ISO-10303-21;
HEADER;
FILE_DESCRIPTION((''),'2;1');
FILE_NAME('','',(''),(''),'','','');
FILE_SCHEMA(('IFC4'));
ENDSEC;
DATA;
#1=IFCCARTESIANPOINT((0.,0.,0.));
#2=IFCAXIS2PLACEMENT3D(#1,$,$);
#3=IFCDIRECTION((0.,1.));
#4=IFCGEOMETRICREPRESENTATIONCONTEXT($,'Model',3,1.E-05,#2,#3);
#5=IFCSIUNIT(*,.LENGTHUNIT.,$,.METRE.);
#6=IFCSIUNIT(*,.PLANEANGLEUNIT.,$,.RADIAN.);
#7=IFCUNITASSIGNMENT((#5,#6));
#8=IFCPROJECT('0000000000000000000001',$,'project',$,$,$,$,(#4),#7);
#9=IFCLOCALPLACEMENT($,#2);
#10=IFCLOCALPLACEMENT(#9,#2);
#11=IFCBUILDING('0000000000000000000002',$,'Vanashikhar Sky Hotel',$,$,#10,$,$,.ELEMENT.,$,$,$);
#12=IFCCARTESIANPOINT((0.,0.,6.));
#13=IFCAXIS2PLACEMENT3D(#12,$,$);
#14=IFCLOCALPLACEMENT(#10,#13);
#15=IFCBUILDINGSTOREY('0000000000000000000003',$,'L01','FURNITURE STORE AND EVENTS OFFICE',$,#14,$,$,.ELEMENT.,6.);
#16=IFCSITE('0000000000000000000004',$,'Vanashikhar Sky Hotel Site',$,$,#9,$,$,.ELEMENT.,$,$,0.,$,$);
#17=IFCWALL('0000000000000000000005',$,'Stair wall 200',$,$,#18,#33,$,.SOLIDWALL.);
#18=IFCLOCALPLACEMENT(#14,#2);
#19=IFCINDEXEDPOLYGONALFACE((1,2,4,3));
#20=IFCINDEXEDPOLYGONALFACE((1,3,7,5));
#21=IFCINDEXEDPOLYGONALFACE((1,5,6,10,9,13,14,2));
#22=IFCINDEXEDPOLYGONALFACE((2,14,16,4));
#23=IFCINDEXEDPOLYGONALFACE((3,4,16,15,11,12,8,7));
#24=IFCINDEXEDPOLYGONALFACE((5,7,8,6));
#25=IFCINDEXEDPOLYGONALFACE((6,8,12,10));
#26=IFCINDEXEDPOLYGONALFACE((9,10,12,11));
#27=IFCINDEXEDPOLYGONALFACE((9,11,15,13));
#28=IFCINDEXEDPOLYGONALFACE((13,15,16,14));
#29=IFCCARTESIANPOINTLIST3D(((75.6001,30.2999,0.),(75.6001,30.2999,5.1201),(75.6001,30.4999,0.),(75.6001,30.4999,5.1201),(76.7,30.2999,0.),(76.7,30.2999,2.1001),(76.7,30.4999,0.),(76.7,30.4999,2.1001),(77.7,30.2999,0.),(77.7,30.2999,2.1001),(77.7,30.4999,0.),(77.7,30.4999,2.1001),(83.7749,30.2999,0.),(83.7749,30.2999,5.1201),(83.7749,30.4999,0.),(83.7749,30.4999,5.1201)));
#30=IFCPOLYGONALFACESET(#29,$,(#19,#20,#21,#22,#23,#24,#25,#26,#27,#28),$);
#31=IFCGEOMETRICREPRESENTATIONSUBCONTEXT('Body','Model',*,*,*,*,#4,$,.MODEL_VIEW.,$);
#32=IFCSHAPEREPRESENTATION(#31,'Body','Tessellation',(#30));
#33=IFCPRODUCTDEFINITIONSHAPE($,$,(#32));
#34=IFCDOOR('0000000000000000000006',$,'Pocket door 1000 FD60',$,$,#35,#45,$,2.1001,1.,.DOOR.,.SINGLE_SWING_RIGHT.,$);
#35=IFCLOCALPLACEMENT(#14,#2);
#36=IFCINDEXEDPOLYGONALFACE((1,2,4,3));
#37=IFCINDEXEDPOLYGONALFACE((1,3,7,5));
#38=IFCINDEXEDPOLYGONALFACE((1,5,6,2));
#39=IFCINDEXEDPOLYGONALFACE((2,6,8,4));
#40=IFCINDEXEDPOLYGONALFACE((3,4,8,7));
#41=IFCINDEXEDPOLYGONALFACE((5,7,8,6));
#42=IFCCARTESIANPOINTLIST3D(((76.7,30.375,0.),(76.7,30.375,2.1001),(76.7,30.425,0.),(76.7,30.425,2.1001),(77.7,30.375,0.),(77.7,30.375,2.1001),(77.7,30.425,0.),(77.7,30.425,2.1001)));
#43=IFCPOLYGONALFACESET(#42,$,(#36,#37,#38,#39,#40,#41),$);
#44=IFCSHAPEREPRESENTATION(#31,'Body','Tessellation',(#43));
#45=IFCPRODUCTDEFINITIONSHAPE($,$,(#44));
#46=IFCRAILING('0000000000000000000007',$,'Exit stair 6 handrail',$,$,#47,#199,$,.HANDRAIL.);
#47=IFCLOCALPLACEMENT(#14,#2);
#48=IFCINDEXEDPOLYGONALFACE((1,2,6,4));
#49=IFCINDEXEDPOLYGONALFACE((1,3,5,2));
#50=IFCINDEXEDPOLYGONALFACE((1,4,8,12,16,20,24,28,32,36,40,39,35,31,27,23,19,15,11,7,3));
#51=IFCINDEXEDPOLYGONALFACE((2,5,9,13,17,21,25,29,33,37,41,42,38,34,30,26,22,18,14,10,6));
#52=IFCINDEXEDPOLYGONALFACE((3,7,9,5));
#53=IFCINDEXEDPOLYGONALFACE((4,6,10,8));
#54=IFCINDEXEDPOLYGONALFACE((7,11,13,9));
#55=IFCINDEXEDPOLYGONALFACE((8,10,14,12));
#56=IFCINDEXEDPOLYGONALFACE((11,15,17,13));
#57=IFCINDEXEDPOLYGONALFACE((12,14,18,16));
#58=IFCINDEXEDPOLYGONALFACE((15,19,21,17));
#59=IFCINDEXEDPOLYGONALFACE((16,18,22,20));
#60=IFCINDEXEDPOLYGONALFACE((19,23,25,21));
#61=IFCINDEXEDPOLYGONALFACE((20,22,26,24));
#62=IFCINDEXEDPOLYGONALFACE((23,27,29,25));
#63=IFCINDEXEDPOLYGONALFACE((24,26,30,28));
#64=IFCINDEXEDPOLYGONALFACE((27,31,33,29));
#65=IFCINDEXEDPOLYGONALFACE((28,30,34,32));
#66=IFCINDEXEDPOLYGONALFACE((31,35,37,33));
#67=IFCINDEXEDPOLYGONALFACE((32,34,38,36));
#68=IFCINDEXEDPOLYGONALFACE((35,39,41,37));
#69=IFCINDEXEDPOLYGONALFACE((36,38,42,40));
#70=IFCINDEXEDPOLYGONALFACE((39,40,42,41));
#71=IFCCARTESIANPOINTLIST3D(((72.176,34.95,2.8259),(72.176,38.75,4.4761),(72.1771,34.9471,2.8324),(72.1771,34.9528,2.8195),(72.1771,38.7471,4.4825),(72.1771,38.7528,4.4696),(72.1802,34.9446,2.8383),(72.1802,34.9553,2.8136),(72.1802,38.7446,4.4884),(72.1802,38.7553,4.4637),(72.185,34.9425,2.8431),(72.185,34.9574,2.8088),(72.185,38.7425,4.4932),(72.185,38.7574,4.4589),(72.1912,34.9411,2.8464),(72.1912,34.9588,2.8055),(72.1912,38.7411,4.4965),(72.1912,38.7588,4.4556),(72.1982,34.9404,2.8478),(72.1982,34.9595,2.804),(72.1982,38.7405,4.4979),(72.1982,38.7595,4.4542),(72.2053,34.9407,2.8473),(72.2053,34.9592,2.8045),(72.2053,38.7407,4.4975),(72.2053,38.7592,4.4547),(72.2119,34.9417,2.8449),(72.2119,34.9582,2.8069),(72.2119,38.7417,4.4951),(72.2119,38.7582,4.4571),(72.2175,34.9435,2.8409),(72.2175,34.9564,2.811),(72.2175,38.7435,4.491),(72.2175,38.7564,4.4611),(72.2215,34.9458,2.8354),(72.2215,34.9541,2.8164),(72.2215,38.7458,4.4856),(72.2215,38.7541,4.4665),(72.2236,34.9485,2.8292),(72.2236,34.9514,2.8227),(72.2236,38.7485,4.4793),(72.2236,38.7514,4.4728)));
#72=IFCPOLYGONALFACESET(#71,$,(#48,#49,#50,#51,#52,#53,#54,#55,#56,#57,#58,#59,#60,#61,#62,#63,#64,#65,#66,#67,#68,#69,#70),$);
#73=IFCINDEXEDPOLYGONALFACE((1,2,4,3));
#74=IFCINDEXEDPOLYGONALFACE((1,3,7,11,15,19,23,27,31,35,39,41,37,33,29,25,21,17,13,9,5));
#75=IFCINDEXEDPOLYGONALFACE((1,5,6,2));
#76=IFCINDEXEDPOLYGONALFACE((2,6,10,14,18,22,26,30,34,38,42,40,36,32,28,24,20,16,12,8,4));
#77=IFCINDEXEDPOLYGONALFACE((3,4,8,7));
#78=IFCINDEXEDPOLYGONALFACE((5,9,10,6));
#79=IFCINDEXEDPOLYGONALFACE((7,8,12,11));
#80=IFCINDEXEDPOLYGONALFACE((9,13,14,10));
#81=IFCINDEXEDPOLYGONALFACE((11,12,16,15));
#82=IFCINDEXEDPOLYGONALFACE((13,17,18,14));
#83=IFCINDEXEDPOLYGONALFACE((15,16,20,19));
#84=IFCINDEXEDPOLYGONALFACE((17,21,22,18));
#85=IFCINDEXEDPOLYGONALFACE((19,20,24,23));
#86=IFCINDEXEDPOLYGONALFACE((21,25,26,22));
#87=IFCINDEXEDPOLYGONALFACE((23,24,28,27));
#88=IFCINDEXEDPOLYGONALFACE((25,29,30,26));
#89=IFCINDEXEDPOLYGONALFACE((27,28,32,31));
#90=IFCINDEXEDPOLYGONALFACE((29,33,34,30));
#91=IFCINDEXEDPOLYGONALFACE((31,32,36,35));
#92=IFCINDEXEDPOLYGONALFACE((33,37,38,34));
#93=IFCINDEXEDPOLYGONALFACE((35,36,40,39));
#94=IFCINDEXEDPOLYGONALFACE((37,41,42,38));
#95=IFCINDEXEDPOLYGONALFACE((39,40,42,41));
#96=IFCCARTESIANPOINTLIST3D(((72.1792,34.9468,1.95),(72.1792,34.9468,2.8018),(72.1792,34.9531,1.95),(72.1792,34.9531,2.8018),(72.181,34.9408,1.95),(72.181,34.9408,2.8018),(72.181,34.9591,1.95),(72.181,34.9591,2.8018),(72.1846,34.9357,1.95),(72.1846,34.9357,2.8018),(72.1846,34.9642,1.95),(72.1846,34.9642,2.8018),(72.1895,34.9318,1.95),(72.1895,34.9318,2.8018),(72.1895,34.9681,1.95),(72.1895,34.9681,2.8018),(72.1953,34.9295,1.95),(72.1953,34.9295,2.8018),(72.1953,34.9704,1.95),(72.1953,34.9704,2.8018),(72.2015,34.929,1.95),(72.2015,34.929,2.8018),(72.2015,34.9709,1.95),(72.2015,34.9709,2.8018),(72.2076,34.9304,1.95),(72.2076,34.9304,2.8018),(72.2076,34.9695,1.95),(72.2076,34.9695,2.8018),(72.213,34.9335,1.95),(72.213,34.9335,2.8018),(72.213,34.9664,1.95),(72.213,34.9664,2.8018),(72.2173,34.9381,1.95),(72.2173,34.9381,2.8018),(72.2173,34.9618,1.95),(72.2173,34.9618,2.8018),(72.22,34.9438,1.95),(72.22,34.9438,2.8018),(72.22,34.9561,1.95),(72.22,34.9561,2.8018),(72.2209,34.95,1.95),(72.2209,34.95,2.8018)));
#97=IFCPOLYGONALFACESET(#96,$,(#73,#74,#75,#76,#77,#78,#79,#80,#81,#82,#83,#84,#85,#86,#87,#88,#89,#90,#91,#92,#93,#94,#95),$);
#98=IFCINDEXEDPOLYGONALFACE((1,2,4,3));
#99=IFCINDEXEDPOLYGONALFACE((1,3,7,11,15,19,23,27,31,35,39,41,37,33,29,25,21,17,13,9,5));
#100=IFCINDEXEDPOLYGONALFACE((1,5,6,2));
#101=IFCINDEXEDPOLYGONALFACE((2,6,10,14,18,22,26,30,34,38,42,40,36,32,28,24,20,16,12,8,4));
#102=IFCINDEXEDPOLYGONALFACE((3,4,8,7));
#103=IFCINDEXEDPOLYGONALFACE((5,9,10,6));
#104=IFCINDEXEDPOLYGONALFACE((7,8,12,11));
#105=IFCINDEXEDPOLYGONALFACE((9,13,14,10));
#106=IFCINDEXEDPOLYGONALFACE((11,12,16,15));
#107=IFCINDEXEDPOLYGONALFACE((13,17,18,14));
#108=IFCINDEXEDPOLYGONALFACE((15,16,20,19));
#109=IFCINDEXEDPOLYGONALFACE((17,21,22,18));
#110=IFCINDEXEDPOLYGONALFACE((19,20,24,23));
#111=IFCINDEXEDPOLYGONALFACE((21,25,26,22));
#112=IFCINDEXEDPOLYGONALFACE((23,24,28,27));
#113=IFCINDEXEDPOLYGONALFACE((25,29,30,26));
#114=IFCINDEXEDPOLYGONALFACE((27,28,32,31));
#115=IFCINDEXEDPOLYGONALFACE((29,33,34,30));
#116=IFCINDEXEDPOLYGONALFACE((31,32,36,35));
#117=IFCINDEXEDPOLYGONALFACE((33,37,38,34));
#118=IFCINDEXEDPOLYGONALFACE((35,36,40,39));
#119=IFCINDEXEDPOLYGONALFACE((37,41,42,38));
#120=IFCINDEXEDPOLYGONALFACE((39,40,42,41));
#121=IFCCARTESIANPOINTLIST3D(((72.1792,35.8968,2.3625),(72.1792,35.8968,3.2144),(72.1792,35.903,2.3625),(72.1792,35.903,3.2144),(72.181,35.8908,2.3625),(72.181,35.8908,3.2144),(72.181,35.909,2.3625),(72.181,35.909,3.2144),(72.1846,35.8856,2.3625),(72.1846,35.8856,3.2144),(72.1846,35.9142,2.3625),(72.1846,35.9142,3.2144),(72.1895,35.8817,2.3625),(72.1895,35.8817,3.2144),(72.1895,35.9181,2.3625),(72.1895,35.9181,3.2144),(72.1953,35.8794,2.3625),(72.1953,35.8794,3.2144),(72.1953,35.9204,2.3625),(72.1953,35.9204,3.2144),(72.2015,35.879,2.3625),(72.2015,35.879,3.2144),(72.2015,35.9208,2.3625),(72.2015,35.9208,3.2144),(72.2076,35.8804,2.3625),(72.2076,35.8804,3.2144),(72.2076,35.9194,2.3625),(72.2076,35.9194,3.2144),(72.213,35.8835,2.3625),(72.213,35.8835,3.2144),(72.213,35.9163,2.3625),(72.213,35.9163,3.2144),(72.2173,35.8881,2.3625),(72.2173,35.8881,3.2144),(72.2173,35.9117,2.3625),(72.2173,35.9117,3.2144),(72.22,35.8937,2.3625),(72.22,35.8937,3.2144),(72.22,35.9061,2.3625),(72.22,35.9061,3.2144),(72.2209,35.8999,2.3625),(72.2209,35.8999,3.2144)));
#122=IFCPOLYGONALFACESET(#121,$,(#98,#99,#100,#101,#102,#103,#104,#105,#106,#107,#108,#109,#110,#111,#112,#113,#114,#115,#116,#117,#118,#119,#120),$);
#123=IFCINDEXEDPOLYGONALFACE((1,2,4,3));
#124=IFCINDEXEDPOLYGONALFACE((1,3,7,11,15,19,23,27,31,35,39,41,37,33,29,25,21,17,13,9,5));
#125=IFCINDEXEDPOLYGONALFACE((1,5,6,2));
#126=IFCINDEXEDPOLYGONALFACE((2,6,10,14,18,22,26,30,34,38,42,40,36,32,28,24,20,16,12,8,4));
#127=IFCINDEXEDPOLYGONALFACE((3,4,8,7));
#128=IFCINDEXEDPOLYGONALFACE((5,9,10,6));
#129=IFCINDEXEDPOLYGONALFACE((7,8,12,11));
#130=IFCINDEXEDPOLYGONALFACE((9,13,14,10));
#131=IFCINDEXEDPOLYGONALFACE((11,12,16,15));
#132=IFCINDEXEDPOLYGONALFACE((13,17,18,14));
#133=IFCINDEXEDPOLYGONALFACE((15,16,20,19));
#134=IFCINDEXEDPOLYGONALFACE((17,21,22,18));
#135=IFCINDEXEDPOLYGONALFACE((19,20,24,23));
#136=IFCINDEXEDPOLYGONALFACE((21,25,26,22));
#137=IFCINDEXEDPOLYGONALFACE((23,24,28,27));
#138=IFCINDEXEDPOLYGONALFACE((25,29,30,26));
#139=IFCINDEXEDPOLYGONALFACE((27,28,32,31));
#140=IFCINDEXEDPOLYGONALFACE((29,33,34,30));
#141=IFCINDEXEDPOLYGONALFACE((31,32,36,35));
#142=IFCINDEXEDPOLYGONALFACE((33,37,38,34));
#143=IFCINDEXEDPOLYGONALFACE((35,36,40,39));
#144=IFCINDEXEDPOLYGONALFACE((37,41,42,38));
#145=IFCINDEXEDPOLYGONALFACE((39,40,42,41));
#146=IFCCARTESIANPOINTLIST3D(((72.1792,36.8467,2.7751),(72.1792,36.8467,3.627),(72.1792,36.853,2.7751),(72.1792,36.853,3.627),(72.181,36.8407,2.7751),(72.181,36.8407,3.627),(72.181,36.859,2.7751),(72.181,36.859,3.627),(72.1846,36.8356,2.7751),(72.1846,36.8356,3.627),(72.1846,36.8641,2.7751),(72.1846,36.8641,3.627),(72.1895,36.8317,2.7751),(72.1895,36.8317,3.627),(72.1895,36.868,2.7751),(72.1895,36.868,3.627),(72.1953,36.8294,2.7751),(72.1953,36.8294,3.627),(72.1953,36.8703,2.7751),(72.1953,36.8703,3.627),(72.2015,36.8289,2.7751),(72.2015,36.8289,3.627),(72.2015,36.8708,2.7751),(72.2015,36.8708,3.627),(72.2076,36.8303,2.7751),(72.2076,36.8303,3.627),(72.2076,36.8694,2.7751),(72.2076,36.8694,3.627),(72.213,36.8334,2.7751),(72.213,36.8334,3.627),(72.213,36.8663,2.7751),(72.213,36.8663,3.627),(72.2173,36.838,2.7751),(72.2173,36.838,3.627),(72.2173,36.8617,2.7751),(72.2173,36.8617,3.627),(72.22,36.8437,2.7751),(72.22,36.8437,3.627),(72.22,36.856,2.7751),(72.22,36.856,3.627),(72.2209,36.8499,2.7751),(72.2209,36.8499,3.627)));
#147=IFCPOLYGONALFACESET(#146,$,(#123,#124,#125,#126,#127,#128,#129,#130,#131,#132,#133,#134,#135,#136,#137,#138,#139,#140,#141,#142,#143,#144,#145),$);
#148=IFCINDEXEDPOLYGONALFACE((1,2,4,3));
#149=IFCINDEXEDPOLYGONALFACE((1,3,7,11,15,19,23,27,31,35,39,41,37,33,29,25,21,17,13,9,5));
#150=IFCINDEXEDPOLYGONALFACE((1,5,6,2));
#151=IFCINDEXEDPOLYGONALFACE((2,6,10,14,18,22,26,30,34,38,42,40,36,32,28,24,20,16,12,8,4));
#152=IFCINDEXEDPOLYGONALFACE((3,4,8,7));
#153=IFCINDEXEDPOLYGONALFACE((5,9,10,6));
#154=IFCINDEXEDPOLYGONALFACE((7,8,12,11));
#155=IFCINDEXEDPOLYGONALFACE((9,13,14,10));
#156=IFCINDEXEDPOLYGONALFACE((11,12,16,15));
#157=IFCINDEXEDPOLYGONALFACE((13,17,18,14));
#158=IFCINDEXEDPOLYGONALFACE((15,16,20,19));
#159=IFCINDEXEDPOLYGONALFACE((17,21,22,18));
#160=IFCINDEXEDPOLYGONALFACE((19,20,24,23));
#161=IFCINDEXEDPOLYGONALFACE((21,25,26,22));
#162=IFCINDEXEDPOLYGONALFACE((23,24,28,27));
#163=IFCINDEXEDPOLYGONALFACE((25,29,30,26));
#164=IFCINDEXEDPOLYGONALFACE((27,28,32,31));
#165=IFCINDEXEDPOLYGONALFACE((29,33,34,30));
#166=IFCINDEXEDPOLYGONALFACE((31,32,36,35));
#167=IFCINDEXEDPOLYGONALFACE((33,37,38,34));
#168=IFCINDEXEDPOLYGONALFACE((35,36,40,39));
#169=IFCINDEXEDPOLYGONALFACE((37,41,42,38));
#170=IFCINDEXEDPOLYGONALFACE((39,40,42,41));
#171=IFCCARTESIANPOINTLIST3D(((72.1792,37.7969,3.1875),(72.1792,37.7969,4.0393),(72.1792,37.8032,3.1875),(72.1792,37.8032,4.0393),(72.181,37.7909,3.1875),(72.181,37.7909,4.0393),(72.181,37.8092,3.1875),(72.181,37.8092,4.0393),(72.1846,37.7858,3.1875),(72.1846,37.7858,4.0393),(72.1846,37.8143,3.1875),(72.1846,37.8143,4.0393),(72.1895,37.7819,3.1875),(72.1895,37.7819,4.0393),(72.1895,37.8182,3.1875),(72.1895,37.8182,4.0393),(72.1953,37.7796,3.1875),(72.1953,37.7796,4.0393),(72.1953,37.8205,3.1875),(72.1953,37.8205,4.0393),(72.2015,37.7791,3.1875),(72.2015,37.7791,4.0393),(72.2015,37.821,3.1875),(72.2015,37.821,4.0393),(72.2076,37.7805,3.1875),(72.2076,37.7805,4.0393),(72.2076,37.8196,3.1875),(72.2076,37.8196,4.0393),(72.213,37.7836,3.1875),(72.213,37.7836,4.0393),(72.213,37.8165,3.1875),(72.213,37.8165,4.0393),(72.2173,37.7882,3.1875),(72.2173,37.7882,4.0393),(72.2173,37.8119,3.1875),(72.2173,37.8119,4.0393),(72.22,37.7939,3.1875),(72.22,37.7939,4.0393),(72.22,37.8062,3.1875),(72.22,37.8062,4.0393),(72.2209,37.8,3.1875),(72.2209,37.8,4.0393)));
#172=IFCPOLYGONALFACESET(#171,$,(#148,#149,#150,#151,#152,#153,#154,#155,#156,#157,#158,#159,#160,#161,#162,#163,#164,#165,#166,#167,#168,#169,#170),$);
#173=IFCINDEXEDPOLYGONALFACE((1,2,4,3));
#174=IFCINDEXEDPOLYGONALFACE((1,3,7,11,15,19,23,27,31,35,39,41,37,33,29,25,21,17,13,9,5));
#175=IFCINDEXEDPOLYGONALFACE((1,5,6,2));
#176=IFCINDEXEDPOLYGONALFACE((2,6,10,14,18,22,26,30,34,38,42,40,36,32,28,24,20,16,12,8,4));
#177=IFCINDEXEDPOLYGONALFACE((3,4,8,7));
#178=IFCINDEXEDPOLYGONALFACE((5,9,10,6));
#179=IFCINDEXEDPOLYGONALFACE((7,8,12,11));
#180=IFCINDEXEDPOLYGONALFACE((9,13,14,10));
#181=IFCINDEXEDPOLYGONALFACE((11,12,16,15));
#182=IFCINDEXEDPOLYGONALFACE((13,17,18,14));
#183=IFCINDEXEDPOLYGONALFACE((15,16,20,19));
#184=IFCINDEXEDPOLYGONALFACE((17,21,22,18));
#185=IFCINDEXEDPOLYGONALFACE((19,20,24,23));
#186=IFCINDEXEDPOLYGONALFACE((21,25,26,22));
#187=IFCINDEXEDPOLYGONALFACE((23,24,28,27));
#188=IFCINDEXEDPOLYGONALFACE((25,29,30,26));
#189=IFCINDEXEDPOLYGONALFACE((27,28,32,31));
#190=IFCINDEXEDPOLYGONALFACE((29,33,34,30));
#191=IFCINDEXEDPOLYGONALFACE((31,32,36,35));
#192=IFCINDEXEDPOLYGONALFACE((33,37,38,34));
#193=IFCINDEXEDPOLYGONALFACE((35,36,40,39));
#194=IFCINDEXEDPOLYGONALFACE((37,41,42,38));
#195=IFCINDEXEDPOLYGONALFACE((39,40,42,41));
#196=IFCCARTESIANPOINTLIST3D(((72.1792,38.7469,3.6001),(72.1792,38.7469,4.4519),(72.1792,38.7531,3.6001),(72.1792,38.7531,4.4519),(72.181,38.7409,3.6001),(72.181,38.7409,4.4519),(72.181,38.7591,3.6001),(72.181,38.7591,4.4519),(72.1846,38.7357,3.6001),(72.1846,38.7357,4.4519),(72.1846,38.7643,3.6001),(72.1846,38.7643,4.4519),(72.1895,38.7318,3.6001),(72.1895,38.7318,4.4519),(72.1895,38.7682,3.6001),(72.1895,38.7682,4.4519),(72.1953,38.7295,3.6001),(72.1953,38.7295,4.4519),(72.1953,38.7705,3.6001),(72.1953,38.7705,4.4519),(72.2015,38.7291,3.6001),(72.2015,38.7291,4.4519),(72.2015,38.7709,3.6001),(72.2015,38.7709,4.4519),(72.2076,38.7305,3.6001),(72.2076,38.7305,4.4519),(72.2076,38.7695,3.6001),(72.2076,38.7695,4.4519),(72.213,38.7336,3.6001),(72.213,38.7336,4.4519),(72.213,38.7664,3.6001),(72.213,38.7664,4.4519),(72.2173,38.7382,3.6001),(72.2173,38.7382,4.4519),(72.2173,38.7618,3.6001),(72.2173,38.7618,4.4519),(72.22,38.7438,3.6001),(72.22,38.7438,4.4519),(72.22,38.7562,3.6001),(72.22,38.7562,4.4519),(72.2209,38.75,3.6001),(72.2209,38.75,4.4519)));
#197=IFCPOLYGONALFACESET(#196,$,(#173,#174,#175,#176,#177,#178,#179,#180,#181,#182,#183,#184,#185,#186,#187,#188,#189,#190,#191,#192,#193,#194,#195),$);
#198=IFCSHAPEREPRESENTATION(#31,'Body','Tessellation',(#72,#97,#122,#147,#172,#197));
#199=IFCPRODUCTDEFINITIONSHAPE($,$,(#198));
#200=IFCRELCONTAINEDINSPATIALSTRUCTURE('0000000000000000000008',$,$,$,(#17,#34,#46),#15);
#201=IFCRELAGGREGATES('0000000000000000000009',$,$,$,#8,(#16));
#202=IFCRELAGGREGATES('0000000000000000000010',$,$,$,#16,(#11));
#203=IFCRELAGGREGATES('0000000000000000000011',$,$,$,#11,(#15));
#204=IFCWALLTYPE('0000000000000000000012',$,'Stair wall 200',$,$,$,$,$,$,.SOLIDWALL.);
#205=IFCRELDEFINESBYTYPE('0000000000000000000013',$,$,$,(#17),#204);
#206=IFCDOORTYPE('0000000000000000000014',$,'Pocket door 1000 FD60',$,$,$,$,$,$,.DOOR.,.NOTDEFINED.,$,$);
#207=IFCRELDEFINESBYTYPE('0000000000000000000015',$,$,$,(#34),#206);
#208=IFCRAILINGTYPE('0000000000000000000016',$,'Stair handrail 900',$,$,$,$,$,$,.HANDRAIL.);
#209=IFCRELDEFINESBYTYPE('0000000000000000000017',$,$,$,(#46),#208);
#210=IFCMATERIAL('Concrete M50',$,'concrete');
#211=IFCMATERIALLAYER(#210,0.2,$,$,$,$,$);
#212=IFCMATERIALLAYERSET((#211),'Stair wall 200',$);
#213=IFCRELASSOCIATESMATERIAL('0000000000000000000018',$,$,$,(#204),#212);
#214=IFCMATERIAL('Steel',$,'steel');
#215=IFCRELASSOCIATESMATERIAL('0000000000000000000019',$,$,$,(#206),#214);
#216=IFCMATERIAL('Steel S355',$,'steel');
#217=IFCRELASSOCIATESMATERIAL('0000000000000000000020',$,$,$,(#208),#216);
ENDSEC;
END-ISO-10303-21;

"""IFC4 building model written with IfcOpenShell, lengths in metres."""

from ifc_helpers import new_model, si_unit, direction, frame, frame_2d, origin, origin_2d, place, context, subcontext, project, spatial, rectangle, circle, extrude, source, transform, mapped, material, layer, layer_set, type_object, element, fill, save


model = new_model("IFC4")

# Units and contexts
model_context = context("Model", 3, precision=1e-05, world=origin(), true_north=direction((0.0, 1.0)))
body_context = subcontext(model_context, "Body", "Model", "MODEL_VIEW")
ifc_project = project(units=[si_unit("LENGTHUNIT", "METRE"), si_unit("PLANEANGLEUNIT", "RADIAN")], contexts=[model_context])

# Site, building, storey
site_placement = place(None, origin())
site = spatial("IfcSite", under=ifc_project, at=site_placement, Name="Vanashikhar Sky Hotel Site", CompositionType="ELEMENT", RefElevation=0.0)
building_placement = place(site_placement, origin())
building = spatial("IfcBuilding", under=site, at=building_placement, Name="Vanashikhar Sky Hotel", CompositionType="ELEMENT")
storey_placement = place(building_placement, frame((0.0, 0.0, 6.0)))
storey = spatial("IfcBuildingStorey", under=building, at=storey_placement, Name="L01", Description="FURNITURE STORE AND EVENTS OFFICE", CompositionType="ELEMENT", Elevation=6.0)

# Shared definitions
ifc_material_1 = material(Name="Concrete M50", Category="concrete")

# Shared definitions
ifc_layer_1 = layer(ifc_material_1, 0.2)
ifc_layer_set_1 = layer_set([ifc_layer_1], Name="Stair wall 200")
wall_type_1 = type_object("IfcWallType", Name="Stair wall 200", PredefinedType="SOLIDWALL", material=ifc_layer_set_1)
ifc_material_2 = material(Name="Steel", Category="steel")

# Wall, opening, door
shared_shape_1 = source(origin(), body_context, "Body", "SweptSolid", [
    extrude(rectangle(XDim=8.1748, YDim=0.2, at=frame_2d((4.0874, 0.0))), origin(), (0.0, 0.0, 1.0), 5.1201),
])
wall_1_placement = place(storey_placement, frame((83.7749, 30.3999, 0.0), z_axis=(0.0, 0.0, 1.0), x_axis=(-1.0, 0.0, 0.0)))
wall_1 = element("IfcWall", 1, at=wall_1_placement, inside=storey, type_object=wall_type_1, Name="Stair wall 200", PredefinedType="SOLIDWALL", context=body_context, shape_type="MappedRepresentation", body=[
    mapped(shared_shape_1, transform((0.0, 0.0, 0.0), scale=1.0)),
])
shared_shape_2 = source(origin(), body_context, "Body", "SweptSolid", [
    extrude(rectangle(XDim=1.0, YDim=2.1001, at=frame_2d((0.5, 1.05))), frame((0.0, 0.1099, 0.0), z_axis=(0.0, -1.0, 0.0), x_axis=(1.0, 0.0, 0.0)), (0.0, 0.0, 1.0), 0.22),
])
opening_1_placement = place(wall_1_placement, frame((6.075, 0.0, 0.0)))
opening_1 = element("IfcOpeningElement", 2, at=opening_1_placement, cuts=wall_1, PredefinedType="OPENING", context=body_context, shape_type="MappedRepresentation", body=[
    mapped(shared_shape_2, transform((0.0, 0.0, 0.0), scale=1.0)),
])
door_type_1 = type_object("IfcDoorType", Name="Pocket door 1000 FD60", OperationType="NOTDEFINED", PredefinedType="DOOR", material=ifc_material_2)
shared_shape_3 = source(origin(), body_context, "Body", "SweptSolid", [
    extrude(rectangle(XDim=1.0, YDim=2.1001, at=frame_2d((0.5, 1.05))), frame((0.0, 0.0249, 0.0), z_axis=(0.0, -1.0, 0.0), x_axis=(1.0, 0.0, 0.0)), (0.0, 0.0, 1.0), 0.05),
])
door_1_placement = place(opening_1_placement, origin())
door_1 = element("IfcDoor", 3, at=door_1_placement, inside=storey, type_object=door_type_1, Name="Pocket door 1000 FD60", OperationType="SINGLE_SWING_RIGHT", OverallHeight=2.1001, OverallWidth=1.0, PredefinedType="DOOR", context=body_context, shape_type="MappedRepresentation", body=[
    mapped(shared_shape_3, transform((0.0, 0.0, 0.0), scale=1.0)),
])
fill(opening_1, door_1)

# Railing
ifc_material_3 = material(Name="Steel S355", Category="steel")
railing_type_1 = type_object("IfcRailingType", Name="Stair handrail 900", PredefinedType="HANDRAIL", material=ifc_material_3)
shared_shape_4 = source(origin(), body_context, "Body", "SweptSolid", [
    extrude(circle(Radius=0.0239, at=origin_2d()), frame((0.0, 0.0, 0.876), z_axis=(0.0, 0.917251, 0.39831), x_axis=(-1.0, 0.0, 0.0)), (0.0, 0.0, 1.0), 4.1428),
    extrude(circle(Radius=0.021, at=origin_2d()), origin(), (0.0, 0.0, 1.0), 0.8518),
    extrude(circle(Radius=0.021, at=origin_2d()), frame((0.0, 0.95, 0.4126)), (0.0, 0.0, 1.0), 0.8518),
    extrude(circle(Radius=0.021, at=origin_2d()), frame((0.0, 1.8999, 0.8252)), (0.0, 0.0, 1.0), 0.8518),
    extrude(circle(Radius=0.021, at=origin_2d()), frame((0.0, 2.8501, 1.2375)), (0.0, 0.0, 1.0), 0.8518),
    extrude(circle(Radius=0.021, at=origin_2d()), frame((0.0, 3.8, 1.6501)), (0.0, 0.0, 1.0), 0.8518),
])
railing_1_placement = place(storey_placement, frame((72.2, 34.95, 1.95)))
element("IfcRailing", 4, at=railing_1_placement, inside=storey, type_object=railing_type_1, Name="Exit stair 6 handrail", PredefinedType="HANDRAIL", context=body_context, shape_type="MappedRepresentation", body=[
    mapped(shared_shape_4, transform((0.0, 0.0, 0.0), scale=1.0)),
])

save(model, "model.ifc")
